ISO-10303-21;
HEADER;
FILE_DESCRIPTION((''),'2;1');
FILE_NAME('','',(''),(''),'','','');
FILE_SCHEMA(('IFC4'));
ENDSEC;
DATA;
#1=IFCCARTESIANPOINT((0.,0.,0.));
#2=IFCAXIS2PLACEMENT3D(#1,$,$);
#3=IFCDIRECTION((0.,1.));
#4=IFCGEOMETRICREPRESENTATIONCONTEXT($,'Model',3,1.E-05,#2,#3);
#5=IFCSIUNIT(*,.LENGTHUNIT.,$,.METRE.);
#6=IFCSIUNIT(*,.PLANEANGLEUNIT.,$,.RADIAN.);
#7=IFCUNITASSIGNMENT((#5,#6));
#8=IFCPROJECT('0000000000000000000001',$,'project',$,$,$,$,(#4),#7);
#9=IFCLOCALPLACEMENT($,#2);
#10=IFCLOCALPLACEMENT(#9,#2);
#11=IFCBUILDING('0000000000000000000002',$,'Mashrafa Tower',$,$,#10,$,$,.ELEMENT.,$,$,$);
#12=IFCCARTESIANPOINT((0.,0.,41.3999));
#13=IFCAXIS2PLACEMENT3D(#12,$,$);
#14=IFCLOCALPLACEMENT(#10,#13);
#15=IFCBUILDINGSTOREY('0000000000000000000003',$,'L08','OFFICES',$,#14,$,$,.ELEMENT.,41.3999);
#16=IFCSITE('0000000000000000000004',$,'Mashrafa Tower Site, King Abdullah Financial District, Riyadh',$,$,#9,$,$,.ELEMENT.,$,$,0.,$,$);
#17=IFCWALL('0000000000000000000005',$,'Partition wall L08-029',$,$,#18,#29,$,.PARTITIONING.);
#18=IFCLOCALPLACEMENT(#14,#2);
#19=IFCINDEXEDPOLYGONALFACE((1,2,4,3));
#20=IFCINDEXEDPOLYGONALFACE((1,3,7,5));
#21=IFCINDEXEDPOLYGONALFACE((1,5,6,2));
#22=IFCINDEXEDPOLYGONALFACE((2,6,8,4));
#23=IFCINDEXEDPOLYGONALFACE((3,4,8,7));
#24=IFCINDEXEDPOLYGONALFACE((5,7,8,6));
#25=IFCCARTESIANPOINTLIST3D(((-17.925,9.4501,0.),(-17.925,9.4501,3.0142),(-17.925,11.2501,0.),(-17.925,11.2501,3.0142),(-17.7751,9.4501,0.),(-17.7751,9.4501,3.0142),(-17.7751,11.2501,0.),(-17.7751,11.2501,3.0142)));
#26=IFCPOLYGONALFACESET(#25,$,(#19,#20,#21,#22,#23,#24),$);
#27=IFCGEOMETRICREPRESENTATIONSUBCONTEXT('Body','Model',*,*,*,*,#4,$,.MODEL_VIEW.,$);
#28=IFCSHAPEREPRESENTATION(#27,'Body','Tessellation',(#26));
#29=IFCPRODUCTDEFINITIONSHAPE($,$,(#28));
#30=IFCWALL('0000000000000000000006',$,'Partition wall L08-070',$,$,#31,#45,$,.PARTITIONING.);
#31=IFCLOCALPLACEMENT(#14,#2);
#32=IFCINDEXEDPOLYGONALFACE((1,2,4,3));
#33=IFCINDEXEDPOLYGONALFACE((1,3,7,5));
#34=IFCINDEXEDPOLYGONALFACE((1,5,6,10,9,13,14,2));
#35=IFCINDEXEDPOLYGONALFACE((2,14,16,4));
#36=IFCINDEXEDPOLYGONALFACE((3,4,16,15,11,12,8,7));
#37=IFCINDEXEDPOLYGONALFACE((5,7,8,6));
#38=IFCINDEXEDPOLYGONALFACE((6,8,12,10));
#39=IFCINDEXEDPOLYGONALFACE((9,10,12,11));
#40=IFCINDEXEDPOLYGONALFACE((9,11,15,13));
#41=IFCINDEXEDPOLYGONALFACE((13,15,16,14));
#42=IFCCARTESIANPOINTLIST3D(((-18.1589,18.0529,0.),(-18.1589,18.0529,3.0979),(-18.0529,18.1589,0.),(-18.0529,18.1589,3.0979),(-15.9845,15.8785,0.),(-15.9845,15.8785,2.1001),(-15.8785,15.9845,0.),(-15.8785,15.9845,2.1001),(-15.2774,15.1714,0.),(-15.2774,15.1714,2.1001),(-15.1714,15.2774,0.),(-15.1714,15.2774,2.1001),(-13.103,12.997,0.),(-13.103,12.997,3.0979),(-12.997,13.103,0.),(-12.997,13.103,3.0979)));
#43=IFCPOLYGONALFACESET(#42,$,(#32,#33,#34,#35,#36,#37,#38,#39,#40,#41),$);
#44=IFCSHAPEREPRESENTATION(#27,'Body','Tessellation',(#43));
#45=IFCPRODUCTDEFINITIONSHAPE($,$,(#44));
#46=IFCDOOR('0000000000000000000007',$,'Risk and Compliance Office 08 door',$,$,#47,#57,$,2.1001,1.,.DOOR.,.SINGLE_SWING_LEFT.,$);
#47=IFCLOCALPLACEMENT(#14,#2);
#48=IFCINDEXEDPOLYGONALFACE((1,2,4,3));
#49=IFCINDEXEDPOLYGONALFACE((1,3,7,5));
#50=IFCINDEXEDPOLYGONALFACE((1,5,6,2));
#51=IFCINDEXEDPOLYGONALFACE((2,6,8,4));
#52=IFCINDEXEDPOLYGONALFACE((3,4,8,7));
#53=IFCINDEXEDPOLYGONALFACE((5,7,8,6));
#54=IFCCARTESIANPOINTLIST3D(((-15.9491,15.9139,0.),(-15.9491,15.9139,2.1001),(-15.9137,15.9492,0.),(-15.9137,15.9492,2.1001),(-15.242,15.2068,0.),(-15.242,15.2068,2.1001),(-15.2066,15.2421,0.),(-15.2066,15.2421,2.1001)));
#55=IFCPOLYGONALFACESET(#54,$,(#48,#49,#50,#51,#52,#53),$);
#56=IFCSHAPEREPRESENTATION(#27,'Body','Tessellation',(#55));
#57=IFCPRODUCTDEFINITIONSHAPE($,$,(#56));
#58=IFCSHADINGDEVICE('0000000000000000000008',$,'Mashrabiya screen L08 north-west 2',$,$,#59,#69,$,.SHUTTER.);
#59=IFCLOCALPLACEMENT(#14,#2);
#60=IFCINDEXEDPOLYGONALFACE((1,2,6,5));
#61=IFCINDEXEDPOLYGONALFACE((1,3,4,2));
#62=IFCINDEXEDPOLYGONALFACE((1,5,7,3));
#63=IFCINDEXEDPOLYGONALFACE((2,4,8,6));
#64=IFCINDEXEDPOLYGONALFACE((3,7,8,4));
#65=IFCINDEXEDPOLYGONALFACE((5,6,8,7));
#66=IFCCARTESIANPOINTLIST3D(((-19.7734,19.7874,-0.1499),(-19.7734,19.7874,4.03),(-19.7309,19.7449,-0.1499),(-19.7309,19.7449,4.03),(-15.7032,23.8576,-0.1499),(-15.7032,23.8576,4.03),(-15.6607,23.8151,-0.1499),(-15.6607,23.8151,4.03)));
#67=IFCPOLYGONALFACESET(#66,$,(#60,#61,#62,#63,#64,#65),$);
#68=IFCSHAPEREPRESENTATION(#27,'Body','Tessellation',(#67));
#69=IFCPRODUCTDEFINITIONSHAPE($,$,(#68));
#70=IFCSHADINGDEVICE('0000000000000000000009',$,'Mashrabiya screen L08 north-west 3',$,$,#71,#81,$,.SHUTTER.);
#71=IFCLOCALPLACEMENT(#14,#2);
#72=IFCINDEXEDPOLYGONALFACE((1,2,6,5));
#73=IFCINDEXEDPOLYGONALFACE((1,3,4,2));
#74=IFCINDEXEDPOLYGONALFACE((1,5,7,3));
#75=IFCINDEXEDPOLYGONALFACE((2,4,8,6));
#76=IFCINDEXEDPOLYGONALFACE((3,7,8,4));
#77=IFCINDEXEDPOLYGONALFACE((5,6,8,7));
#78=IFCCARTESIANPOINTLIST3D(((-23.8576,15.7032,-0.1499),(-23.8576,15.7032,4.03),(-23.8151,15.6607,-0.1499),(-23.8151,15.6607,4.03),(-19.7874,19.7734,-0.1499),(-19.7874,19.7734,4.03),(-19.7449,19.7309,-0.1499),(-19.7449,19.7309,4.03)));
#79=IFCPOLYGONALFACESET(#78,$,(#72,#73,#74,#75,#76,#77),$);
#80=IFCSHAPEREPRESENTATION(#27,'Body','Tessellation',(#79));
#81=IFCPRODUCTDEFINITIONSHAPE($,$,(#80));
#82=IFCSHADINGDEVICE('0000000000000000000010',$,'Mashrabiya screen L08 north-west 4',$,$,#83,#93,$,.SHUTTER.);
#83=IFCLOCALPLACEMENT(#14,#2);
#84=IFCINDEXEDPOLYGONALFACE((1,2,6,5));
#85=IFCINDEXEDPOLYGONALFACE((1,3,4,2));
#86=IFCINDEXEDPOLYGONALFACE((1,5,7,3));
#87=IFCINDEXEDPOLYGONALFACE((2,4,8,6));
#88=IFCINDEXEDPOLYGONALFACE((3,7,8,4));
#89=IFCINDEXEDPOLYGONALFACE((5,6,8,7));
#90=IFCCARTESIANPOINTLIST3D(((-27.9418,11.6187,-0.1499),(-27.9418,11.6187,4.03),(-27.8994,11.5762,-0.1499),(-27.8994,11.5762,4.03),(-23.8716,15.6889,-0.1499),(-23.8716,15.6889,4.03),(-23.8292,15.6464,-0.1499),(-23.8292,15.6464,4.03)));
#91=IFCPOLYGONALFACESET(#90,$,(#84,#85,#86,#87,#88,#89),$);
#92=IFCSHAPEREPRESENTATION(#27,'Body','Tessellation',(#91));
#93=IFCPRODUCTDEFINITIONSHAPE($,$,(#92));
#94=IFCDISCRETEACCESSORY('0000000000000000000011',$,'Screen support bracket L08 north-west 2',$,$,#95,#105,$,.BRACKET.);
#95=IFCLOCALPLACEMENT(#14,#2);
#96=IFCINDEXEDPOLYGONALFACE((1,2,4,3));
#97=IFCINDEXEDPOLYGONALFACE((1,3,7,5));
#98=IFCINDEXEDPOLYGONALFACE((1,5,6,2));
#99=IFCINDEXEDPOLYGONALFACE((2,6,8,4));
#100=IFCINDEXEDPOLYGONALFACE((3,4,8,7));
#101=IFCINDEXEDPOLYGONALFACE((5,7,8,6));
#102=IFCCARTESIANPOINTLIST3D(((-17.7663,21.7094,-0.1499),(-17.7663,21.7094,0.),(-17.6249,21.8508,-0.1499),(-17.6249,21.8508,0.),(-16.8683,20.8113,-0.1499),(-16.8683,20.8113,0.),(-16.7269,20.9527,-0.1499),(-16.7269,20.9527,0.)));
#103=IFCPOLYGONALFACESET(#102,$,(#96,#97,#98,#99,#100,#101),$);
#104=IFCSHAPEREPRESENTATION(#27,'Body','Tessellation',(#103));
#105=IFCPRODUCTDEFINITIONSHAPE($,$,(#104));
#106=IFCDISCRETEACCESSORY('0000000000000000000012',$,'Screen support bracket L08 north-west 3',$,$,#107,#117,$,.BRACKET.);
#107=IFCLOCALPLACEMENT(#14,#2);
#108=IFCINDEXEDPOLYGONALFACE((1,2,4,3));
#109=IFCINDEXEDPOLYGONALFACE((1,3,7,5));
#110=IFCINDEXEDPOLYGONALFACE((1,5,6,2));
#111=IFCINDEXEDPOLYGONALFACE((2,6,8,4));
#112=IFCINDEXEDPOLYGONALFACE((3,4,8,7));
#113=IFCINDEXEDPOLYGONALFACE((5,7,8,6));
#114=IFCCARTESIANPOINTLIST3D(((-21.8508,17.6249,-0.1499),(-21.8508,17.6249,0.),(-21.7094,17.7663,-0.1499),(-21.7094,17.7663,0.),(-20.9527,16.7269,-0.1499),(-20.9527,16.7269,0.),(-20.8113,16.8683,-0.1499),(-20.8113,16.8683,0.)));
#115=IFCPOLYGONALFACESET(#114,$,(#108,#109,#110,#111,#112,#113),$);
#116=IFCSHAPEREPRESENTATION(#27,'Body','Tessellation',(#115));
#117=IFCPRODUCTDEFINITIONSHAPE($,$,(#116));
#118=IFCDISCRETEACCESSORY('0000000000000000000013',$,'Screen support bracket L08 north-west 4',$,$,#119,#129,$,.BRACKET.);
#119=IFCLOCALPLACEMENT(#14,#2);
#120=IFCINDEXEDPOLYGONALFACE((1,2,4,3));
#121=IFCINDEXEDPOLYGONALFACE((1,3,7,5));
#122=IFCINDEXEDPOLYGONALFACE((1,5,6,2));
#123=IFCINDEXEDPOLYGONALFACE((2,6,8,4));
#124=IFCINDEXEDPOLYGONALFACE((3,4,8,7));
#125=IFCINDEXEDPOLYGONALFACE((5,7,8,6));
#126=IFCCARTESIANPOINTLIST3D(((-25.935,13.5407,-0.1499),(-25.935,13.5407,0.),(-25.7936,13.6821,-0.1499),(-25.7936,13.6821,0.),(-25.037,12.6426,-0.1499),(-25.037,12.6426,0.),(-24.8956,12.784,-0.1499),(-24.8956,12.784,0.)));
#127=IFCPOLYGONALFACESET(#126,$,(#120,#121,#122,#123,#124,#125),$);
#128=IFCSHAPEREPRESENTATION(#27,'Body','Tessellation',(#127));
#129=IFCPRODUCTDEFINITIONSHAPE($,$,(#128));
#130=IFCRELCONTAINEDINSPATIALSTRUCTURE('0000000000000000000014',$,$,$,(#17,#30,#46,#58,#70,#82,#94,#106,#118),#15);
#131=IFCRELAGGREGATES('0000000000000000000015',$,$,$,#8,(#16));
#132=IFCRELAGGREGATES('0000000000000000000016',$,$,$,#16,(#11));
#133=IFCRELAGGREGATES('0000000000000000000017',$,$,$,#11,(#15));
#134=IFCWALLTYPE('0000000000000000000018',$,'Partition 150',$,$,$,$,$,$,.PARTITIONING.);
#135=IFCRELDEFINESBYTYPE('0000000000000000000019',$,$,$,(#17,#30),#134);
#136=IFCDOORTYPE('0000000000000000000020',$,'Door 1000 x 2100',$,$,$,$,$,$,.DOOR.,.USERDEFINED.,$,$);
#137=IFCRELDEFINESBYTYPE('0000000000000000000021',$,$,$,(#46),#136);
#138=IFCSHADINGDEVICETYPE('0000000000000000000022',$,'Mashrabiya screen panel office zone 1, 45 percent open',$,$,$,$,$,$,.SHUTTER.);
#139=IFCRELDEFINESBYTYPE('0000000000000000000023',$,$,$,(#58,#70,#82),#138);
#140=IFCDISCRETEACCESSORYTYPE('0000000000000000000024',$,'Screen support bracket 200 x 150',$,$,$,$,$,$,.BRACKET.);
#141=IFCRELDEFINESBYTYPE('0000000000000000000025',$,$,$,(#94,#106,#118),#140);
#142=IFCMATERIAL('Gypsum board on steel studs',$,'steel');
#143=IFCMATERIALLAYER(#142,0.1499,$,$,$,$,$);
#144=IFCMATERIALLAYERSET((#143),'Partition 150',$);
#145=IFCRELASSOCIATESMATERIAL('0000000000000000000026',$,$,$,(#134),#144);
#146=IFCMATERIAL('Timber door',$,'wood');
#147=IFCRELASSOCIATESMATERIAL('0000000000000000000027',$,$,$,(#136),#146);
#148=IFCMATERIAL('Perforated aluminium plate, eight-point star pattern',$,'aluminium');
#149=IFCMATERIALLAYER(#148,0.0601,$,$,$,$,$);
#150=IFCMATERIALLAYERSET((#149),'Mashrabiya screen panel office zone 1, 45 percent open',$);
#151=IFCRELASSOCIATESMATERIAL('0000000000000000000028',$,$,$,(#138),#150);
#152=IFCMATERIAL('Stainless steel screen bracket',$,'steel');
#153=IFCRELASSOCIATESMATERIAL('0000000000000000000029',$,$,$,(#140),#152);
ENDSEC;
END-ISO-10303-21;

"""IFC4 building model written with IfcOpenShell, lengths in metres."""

from ifc_helpers import new_model, si_unit, direction, frame, frame_2d, origin, origin_2d, place, context, subcontext, project, spatial, rectangle, extrude, source, transform, mapped, material, layer, layer_set, type_object, type_shapes, element, fill, save


model = new_model("IFC4")

# Units and contexts
model_context = context("Model", 3, precision=1e-05, world=origin(), true_north=direction((0.0, 1.0)))
body_context = subcontext(model_context, "Body", "Model", "MODEL_VIEW")
ifc_project = project(units=[si_unit("LENGTHUNIT", "METRE"), si_unit("PLANEANGLEUNIT", "RADIAN")], contexts=[model_context])

# Site, building, storey
site_placement = place(None, origin())
site = spatial("IfcSite", under=ifc_project, at=site_placement, Name="Mashrafa Tower Site, King Abdullah Financial District, Riyadh", CompositionType="ELEMENT", RefElevation=0.0)
building_placement = place(site_placement, origin())
building = spatial("IfcBuilding", under=site, at=building_placement, Name="Mashrafa Tower", CompositionType="ELEMENT")
storey_placement = place(building_placement, frame((0.0, 0.0, 41.3999)))
storey = spatial("IfcBuildingStorey", under=building, at=storey_placement, Name="L08", Description="OFFICES", CompositionType="ELEMENT", Elevation=41.3999)

# Wall
ifc_material_1 = material(Name="Gypsum board on steel studs", Category="steel")
ifc_layer_1 = layer(ifc_material_1, 0.1499)
ifc_layer_set_1 = layer_set([ifc_layer_1], Name="Partition 150")
wall_type = type_object("IfcWallType", Name="Partition 150", PredefinedType="PARTITIONING", material=ifc_layer_set_1)
wall_1_placement = place(storey_placement, frame((-17.8501, 11.25, 0.0), z_axis=(0.0, 0.0, 1.0), x_axis=(0.0, -1.0, 0.0)))
element("IfcWall", 1, at=wall_1_placement, inside=storey, type_object=wall_type, Name="Partition wall L08-029", PredefinedType="PARTITIONING", context=body_context, shape_type="SweptSolid", body=[
    extrude(rectangle(XDim=1.8, YDim=0.1499, at=frame_2d((0.8999, 0.0))), origin(), (0.0, 0.0, 1.0), 3.0142),
])

# Wall, opening, door
wall_2_placement = place(storey_placement, frame((-18.106, 18.106, 0.0), z_axis=(0.0, 0.0, 1.0), x_axis=(0.707107, -0.707107, 0.0)))
wall_2 = element("IfcWall", 2, at=wall_2_placement, inside=storey, type_object=wall_type, Name="Partition wall L08-070", PredefinedType="PARTITIONING", context=body_context, shape_type="SweptSolid", body=[
    extrude(rectangle(XDim=7.1501, YDim=0.1499, at=frame_2d((3.5752, 0.0))), origin(), (0.0, 0.0, 1.0), 3.0979),
])
opening_placement = place(wall_2_placement, frame((3.0752, 0.0, 0.0)))
opening = element("IfcOpeningElement", 3, at=opening_placement, cuts=wall_2, PredefinedType="OPENING", context=body_context, shape_type="SweptSolid", body=[
    extrude(rectangle(XDim=1.0, YDim=2.1001, at=frame_2d((0.5, 1.05))), frame((0.0, 0.085, 0.0), z_axis=(0.0, -1.0, 0.0), x_axis=(1.0, 0.0, 0.0)), (0.0, 0.0, 1.0), 0.1699),
])
ifc_material_2 = material(Name="Timber door", Category="wood")
door_type = type_object("IfcDoorType", Name="Door 1000 x 2100", OperationType="USERDEFINED", PredefinedType="DOOR", material=ifc_material_2)
door_placement = place(opening_placement, frame((1.0, 0.0, 0.0), z_axis=(0.0, 0.0, 1.0), x_axis=(-1.0, 0.0, 0.0)))
door = element("IfcDoor", 4, at=door_placement, inside=storey, type_object=door_type, Name="Risk and Compliance Office 08 door", OperationType="SINGLE_SWING_LEFT", OverallHeight=2.1001, OverallWidth=1.0, PredefinedType="DOOR", context=body_context, shape_type="SweptSolid", body=[
    extrude(rectangle(XDim=1.0, YDim=2.1001, at=frame_2d((0.5, 1.05))), frame((0.0, 0.0249, 0.0), z_axis=(0.0, -1.0, 0.0), x_axis=(1.0, 0.0, 0.0)), (0.0, 0.0, 1.0), 0.05),
])
fill(opening, door)

# Shading devices
ifc_material_3 = material(Name="Perforated aluminium plate, eight-point star pattern", Category="aluminium")
ifc_layer_2 = layer(ifc_material_3, 0.0601)
ifc_layer_set_2 = layer_set([ifc_layer_2], Name="Mashrabiya screen panel office zone 1, 45 percent open")
shading_device_type = type_object("IfcShadingDeviceType", Name="Mashrabiya screen panel office zone 1, 45 percent open", PredefinedType="SHUTTER", material=ifc_layer_set_2)
shared_shape_1 = source(origin(), body_context, "Body", "SweptSolid", [
    extrude(rectangle(XDim=5.7561, YDim=0.0601, at=origin_2d()), origin(), (0.0, 0.0, 1.0), 4.1799),
])
type_shapes(shading_device_type, [shared_shape_1])
for number, where, z_axis, x_axis, name in (
    (5, (-17.717, 21.8013, -0.1499), (0.0, 0.0, 1.0), (-0.707107, -0.707107, 0.0), "Mashrabiya screen L08 north-west 2"),
    (6, (-21.8013, 17.717, -0.1499), (0.0, 0.0, 1.0), (-0.707107, -0.707107, 0.0), "Mashrabiya screen L08 north-west 3"),
    (7, (-25.8855, 13.6326, -0.1499), (0.0, 0.0, 1.0), (-0.707107, -0.707107, 0.0), "Mashrabiya screen L08 north-west 4"),
):
    element("IfcShadingDevice", number, at=place(storey_placement, frame(where, z_axis=z_axis, x_axis=x_axis)), inside=storey, type_object=shading_device_type, Name=name, PredefinedType="SHUTTER", context=body_context, shape_type="MappedRepresentation", body=[
        mapped(shared_shape_1, transform((0.0, 0.0, 0.0))),
    ])

# Discrete accessories
ifc_material_4 = material(Name="Stainless steel screen bracket", Category="steel")
discrete_accessory_type = type_object("IfcDiscreteAccessoryType", Name="Screen support bracket 200 x 150", PredefinedType="BRACKET", material=ifc_material_4)
shared_shape_2 = source(origin(), body_context, "Body", "SweptSolid", [
    extrude(rectangle(XDim=0.2, YDim=1.27, at=origin_2d()), origin(), (0.0, 0.0, 1.0), 0.1499),
])
type_shapes(discrete_accessory_type, [shared_shape_2])
for number, where, z_axis, x_axis, name in (
    (8, (-17.2466, 21.3311, -0.1499), (0.0, 0.0, 1.0), (-0.707107, -0.707107, 0.0), "Screen support bracket L08 north-west 2"),
    (9, (-21.3311, 17.2466, -0.1499), (0.0, 0.0, 1.0), (-0.707107, -0.707107, 0.0), "Screen support bracket L08 north-west 3"),
    (10, (-25.4153, 13.1624, -0.1499), (0.0, 0.0, 1.0), (-0.707107, -0.707107, 0.0), "Screen support bracket L08 north-west 4"),
):
    element("IfcDiscreteAccessory", number, at=place(storey_placement, frame(where, z_axis=z_axis, x_axis=x_axis)), inside=storey, type_object=discrete_accessory_type, Name=name, PredefinedType="BRACKET", context=body_context, shape_type="MappedRepresentation", body=[
        mapped(shared_shape_2, transform((0.0, 0.0, 0.0))),
    ])

save(model, "model.ifc")
